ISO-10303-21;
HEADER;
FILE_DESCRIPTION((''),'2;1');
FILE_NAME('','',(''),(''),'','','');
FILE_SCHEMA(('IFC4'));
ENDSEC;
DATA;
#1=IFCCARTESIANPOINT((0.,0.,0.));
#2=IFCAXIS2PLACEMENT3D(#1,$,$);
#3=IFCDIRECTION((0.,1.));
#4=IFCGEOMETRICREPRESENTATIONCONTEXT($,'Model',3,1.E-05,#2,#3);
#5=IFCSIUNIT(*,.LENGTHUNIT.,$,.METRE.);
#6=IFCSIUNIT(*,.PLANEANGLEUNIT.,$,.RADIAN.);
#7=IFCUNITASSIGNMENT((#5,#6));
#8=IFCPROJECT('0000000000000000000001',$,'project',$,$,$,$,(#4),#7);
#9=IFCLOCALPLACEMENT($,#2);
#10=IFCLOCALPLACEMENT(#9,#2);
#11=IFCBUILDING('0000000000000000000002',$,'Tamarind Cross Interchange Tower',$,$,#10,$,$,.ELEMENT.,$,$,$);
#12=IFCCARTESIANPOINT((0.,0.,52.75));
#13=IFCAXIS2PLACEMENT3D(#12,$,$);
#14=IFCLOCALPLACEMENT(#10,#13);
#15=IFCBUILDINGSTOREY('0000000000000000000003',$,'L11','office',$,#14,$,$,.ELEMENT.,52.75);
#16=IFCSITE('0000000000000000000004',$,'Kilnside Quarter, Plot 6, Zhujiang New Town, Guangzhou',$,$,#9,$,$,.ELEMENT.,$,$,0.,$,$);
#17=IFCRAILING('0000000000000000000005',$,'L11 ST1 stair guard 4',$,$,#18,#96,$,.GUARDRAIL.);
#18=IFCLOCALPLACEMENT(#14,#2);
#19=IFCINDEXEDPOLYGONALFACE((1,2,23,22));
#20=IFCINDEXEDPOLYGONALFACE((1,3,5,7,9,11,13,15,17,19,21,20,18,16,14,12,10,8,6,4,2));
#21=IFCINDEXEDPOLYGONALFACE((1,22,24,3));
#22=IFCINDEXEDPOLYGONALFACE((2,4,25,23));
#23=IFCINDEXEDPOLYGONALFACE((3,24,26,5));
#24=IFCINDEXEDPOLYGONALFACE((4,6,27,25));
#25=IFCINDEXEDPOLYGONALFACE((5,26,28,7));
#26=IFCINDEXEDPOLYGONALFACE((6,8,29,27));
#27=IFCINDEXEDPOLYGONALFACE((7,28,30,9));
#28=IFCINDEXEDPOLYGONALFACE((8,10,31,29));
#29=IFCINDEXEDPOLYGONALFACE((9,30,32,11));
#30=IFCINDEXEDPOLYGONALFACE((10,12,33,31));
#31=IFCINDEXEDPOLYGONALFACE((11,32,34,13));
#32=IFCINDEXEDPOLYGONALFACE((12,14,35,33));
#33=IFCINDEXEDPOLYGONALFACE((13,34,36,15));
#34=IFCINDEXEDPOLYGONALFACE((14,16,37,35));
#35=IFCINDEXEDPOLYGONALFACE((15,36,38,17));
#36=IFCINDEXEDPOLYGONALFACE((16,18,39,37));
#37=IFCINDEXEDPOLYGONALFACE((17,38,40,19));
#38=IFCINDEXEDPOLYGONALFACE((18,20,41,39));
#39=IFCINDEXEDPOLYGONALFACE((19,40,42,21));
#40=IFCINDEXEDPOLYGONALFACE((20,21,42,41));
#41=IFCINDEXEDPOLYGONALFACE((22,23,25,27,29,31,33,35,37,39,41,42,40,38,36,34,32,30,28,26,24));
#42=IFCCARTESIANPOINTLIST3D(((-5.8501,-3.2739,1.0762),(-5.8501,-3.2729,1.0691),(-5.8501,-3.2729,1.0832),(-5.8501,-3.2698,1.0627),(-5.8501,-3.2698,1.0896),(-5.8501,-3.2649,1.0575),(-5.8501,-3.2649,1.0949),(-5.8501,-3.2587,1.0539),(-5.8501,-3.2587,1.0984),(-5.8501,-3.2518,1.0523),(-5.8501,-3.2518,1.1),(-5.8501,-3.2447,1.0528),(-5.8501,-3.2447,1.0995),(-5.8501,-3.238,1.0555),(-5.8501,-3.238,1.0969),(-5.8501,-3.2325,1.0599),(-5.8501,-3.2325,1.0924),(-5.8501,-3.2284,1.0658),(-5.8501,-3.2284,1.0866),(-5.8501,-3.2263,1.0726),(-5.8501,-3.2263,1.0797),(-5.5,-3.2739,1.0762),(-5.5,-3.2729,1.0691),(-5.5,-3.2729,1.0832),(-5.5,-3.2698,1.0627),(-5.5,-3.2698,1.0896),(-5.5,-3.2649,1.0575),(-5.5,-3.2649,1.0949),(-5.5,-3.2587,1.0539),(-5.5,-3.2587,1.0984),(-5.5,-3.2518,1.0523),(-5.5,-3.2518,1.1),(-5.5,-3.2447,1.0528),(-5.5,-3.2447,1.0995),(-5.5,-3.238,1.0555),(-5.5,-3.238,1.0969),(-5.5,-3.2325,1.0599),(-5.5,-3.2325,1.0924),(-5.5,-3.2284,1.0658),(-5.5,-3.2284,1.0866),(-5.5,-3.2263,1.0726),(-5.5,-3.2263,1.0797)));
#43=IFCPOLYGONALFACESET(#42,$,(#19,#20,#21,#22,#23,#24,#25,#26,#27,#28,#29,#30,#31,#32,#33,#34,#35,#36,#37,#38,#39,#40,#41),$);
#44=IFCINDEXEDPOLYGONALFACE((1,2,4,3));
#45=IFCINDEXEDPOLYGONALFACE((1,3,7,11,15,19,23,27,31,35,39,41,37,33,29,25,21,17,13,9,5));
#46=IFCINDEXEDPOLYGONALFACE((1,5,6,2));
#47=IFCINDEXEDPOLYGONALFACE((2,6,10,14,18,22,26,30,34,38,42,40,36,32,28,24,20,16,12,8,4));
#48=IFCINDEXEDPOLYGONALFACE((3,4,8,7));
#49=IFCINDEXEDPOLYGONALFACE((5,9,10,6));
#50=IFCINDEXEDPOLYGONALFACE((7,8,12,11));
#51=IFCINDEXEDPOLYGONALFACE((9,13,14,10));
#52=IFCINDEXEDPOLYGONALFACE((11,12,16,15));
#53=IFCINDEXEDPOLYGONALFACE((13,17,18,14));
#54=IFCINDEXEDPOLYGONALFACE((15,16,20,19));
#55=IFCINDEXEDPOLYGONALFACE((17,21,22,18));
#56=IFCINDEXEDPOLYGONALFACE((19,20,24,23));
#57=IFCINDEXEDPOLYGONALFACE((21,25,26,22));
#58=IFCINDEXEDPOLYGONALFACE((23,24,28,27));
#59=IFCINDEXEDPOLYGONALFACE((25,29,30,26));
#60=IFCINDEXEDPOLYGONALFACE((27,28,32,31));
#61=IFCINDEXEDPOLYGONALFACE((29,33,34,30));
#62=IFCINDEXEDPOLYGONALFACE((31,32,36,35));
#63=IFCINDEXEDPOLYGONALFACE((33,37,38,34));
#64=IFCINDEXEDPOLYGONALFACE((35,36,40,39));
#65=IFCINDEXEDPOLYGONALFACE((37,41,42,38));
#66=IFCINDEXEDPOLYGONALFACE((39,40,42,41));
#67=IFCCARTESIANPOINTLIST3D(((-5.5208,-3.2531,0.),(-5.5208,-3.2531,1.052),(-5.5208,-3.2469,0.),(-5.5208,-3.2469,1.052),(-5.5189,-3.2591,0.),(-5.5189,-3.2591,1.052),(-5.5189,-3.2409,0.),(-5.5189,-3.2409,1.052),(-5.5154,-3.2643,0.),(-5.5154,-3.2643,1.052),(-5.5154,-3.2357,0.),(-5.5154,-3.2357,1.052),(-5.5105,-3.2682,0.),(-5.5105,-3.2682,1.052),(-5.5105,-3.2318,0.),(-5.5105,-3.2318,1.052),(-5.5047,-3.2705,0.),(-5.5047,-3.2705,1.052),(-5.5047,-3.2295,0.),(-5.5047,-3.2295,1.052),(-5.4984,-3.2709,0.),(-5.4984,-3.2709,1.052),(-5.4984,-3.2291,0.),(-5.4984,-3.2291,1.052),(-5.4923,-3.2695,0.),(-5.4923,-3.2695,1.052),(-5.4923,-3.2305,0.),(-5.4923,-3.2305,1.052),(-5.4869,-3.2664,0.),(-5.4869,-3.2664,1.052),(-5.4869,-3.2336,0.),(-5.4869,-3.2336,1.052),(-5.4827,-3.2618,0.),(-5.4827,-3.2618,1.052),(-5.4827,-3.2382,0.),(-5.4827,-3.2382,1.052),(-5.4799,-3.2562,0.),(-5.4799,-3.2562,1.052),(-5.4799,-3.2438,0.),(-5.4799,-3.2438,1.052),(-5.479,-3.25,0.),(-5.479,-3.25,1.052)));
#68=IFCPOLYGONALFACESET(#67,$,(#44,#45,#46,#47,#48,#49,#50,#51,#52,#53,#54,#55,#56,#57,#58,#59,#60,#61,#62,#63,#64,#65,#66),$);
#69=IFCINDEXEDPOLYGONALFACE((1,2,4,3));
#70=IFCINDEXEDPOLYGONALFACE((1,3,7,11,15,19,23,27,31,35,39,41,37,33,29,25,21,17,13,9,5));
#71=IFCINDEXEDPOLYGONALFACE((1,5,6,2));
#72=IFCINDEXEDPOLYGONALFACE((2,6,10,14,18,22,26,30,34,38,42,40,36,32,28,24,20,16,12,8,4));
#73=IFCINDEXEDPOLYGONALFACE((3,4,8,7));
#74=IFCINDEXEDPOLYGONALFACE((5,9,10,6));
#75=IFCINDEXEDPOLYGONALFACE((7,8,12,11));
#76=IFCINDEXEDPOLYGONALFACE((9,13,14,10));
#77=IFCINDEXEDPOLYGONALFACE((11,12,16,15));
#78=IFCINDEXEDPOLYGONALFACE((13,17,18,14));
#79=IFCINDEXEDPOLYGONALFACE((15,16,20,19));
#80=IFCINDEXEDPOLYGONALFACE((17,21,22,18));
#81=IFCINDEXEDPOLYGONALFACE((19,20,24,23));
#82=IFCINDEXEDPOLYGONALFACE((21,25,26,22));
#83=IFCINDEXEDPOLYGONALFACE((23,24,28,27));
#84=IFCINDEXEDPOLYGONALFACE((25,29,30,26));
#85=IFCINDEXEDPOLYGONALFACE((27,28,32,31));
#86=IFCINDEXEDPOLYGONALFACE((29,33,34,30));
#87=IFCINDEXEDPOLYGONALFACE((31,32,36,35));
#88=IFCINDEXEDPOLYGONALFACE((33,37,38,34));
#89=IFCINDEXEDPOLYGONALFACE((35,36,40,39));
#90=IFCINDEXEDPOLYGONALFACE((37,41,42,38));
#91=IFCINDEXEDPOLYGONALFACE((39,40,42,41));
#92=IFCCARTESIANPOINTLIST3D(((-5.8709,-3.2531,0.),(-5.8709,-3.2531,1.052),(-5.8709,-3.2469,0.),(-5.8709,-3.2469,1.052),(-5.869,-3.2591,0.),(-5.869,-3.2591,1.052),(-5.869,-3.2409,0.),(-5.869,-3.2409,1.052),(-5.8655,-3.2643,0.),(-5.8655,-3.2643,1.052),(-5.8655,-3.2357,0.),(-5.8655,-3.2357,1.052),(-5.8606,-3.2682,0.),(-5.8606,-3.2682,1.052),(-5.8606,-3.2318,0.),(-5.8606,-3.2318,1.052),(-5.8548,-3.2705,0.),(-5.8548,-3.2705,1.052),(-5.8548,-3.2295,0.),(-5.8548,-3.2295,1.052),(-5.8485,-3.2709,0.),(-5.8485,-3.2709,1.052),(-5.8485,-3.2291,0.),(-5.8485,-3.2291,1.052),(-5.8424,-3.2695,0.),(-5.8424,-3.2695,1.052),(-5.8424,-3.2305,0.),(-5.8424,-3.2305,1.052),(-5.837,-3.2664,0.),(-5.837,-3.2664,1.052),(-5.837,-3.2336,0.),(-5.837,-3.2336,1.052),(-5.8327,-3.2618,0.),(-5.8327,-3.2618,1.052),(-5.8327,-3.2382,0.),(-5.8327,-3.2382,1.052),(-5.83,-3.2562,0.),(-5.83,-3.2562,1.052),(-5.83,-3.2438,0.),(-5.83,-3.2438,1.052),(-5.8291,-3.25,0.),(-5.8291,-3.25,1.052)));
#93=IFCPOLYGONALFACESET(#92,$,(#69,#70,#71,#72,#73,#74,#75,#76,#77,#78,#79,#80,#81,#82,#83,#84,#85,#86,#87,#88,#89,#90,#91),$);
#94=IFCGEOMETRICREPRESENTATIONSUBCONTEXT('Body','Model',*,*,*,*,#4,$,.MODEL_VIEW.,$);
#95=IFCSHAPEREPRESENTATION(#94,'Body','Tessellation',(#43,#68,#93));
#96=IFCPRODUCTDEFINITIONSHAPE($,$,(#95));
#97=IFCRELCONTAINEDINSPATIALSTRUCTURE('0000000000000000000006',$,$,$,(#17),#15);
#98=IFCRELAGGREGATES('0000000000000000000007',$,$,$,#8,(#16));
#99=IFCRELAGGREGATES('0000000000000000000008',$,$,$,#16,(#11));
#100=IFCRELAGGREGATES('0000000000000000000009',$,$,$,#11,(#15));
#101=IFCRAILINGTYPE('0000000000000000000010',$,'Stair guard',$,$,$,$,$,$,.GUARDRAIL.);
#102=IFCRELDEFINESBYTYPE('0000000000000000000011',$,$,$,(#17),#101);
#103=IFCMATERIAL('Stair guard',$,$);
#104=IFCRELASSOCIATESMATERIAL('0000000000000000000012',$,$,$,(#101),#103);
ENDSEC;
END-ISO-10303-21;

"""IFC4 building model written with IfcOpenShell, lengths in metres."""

from ifc_helpers import new_model, si_unit, direction, frame, origin, origin_2d, place, context, subcontext, project, spatial, circle, extrude, material, type_object, element, save


model = new_model("IFC4")

# Units and contexts
model_context = context("Model", 3, precision=1e-05, world=origin(), true_north=direction((0.0, 1.0)))
body_context = subcontext(model_context, "Body", "Model", "MODEL_VIEW")
ifc_project = project(units=[si_unit("LENGTHUNIT", "METRE"), si_unit("PLANEANGLEUNIT", "RADIAN")], contexts=[model_context])

# Site, building, storey
site_placement = place(None, origin())
site = spatial("IfcSite", under=ifc_project, at=site_placement, Name="Kilnside Quarter, Plot 6, Zhujiang New Town, Guangzhou", CompositionType="ELEMENT", RefElevation=0.0)
building_placement = place(site_placement, origin())
building = spatial("IfcBuilding", under=site, at=building_placement, Name="Tamarind Cross Interchange Tower", CompositionType="ELEMENT")
storey_placement = place(building_placement, frame((0.0, 0.0, 52.75)))
storey = spatial("IfcBuildingStorey", under=building, at=storey_placement, Name="L11", Description="office", CompositionType="ELEMENT", Elevation=52.75)

# Railing
ifc_material_1 = material(Name="Stair guard")
railing_type_1 = type_object("IfcRailingType", Name="Stair guard", PredefinedType="GUARDRAIL", material=ifc_material_1)
railing_1_placement = place(storey_placement, frame((-5.5, -3.25, 0.0)))
element("IfcRailing", 1, at=railing_1_placement, inside=storey, type_object=railing_type_1, Name="L11 ST1 stair guard 4", PredefinedType="GUARDRAIL", context=body_context, shape_type="SweptSolid", body=[
    extrude(circle(Radius=0.0239, at=origin_2d()), frame((0.0, 0.0, 1.0762), z_axis=(-1.0, 0.0, 0.0), x_axis=(0.0, -1.0, 0.0)), (0.0, 0.0, 1.0), 0.3501),
    extrude(circle(Radius=0.021, at=origin_2d()), origin(), (0.0, 0.0, 1.0), 1.052),
    extrude(circle(Radius=0.021, at=origin_2d()), frame((-0.3501, 0.0, 0.0)), (0.0, 0.0, 1.0), 1.052),
])

save(model, "model.ifc")
